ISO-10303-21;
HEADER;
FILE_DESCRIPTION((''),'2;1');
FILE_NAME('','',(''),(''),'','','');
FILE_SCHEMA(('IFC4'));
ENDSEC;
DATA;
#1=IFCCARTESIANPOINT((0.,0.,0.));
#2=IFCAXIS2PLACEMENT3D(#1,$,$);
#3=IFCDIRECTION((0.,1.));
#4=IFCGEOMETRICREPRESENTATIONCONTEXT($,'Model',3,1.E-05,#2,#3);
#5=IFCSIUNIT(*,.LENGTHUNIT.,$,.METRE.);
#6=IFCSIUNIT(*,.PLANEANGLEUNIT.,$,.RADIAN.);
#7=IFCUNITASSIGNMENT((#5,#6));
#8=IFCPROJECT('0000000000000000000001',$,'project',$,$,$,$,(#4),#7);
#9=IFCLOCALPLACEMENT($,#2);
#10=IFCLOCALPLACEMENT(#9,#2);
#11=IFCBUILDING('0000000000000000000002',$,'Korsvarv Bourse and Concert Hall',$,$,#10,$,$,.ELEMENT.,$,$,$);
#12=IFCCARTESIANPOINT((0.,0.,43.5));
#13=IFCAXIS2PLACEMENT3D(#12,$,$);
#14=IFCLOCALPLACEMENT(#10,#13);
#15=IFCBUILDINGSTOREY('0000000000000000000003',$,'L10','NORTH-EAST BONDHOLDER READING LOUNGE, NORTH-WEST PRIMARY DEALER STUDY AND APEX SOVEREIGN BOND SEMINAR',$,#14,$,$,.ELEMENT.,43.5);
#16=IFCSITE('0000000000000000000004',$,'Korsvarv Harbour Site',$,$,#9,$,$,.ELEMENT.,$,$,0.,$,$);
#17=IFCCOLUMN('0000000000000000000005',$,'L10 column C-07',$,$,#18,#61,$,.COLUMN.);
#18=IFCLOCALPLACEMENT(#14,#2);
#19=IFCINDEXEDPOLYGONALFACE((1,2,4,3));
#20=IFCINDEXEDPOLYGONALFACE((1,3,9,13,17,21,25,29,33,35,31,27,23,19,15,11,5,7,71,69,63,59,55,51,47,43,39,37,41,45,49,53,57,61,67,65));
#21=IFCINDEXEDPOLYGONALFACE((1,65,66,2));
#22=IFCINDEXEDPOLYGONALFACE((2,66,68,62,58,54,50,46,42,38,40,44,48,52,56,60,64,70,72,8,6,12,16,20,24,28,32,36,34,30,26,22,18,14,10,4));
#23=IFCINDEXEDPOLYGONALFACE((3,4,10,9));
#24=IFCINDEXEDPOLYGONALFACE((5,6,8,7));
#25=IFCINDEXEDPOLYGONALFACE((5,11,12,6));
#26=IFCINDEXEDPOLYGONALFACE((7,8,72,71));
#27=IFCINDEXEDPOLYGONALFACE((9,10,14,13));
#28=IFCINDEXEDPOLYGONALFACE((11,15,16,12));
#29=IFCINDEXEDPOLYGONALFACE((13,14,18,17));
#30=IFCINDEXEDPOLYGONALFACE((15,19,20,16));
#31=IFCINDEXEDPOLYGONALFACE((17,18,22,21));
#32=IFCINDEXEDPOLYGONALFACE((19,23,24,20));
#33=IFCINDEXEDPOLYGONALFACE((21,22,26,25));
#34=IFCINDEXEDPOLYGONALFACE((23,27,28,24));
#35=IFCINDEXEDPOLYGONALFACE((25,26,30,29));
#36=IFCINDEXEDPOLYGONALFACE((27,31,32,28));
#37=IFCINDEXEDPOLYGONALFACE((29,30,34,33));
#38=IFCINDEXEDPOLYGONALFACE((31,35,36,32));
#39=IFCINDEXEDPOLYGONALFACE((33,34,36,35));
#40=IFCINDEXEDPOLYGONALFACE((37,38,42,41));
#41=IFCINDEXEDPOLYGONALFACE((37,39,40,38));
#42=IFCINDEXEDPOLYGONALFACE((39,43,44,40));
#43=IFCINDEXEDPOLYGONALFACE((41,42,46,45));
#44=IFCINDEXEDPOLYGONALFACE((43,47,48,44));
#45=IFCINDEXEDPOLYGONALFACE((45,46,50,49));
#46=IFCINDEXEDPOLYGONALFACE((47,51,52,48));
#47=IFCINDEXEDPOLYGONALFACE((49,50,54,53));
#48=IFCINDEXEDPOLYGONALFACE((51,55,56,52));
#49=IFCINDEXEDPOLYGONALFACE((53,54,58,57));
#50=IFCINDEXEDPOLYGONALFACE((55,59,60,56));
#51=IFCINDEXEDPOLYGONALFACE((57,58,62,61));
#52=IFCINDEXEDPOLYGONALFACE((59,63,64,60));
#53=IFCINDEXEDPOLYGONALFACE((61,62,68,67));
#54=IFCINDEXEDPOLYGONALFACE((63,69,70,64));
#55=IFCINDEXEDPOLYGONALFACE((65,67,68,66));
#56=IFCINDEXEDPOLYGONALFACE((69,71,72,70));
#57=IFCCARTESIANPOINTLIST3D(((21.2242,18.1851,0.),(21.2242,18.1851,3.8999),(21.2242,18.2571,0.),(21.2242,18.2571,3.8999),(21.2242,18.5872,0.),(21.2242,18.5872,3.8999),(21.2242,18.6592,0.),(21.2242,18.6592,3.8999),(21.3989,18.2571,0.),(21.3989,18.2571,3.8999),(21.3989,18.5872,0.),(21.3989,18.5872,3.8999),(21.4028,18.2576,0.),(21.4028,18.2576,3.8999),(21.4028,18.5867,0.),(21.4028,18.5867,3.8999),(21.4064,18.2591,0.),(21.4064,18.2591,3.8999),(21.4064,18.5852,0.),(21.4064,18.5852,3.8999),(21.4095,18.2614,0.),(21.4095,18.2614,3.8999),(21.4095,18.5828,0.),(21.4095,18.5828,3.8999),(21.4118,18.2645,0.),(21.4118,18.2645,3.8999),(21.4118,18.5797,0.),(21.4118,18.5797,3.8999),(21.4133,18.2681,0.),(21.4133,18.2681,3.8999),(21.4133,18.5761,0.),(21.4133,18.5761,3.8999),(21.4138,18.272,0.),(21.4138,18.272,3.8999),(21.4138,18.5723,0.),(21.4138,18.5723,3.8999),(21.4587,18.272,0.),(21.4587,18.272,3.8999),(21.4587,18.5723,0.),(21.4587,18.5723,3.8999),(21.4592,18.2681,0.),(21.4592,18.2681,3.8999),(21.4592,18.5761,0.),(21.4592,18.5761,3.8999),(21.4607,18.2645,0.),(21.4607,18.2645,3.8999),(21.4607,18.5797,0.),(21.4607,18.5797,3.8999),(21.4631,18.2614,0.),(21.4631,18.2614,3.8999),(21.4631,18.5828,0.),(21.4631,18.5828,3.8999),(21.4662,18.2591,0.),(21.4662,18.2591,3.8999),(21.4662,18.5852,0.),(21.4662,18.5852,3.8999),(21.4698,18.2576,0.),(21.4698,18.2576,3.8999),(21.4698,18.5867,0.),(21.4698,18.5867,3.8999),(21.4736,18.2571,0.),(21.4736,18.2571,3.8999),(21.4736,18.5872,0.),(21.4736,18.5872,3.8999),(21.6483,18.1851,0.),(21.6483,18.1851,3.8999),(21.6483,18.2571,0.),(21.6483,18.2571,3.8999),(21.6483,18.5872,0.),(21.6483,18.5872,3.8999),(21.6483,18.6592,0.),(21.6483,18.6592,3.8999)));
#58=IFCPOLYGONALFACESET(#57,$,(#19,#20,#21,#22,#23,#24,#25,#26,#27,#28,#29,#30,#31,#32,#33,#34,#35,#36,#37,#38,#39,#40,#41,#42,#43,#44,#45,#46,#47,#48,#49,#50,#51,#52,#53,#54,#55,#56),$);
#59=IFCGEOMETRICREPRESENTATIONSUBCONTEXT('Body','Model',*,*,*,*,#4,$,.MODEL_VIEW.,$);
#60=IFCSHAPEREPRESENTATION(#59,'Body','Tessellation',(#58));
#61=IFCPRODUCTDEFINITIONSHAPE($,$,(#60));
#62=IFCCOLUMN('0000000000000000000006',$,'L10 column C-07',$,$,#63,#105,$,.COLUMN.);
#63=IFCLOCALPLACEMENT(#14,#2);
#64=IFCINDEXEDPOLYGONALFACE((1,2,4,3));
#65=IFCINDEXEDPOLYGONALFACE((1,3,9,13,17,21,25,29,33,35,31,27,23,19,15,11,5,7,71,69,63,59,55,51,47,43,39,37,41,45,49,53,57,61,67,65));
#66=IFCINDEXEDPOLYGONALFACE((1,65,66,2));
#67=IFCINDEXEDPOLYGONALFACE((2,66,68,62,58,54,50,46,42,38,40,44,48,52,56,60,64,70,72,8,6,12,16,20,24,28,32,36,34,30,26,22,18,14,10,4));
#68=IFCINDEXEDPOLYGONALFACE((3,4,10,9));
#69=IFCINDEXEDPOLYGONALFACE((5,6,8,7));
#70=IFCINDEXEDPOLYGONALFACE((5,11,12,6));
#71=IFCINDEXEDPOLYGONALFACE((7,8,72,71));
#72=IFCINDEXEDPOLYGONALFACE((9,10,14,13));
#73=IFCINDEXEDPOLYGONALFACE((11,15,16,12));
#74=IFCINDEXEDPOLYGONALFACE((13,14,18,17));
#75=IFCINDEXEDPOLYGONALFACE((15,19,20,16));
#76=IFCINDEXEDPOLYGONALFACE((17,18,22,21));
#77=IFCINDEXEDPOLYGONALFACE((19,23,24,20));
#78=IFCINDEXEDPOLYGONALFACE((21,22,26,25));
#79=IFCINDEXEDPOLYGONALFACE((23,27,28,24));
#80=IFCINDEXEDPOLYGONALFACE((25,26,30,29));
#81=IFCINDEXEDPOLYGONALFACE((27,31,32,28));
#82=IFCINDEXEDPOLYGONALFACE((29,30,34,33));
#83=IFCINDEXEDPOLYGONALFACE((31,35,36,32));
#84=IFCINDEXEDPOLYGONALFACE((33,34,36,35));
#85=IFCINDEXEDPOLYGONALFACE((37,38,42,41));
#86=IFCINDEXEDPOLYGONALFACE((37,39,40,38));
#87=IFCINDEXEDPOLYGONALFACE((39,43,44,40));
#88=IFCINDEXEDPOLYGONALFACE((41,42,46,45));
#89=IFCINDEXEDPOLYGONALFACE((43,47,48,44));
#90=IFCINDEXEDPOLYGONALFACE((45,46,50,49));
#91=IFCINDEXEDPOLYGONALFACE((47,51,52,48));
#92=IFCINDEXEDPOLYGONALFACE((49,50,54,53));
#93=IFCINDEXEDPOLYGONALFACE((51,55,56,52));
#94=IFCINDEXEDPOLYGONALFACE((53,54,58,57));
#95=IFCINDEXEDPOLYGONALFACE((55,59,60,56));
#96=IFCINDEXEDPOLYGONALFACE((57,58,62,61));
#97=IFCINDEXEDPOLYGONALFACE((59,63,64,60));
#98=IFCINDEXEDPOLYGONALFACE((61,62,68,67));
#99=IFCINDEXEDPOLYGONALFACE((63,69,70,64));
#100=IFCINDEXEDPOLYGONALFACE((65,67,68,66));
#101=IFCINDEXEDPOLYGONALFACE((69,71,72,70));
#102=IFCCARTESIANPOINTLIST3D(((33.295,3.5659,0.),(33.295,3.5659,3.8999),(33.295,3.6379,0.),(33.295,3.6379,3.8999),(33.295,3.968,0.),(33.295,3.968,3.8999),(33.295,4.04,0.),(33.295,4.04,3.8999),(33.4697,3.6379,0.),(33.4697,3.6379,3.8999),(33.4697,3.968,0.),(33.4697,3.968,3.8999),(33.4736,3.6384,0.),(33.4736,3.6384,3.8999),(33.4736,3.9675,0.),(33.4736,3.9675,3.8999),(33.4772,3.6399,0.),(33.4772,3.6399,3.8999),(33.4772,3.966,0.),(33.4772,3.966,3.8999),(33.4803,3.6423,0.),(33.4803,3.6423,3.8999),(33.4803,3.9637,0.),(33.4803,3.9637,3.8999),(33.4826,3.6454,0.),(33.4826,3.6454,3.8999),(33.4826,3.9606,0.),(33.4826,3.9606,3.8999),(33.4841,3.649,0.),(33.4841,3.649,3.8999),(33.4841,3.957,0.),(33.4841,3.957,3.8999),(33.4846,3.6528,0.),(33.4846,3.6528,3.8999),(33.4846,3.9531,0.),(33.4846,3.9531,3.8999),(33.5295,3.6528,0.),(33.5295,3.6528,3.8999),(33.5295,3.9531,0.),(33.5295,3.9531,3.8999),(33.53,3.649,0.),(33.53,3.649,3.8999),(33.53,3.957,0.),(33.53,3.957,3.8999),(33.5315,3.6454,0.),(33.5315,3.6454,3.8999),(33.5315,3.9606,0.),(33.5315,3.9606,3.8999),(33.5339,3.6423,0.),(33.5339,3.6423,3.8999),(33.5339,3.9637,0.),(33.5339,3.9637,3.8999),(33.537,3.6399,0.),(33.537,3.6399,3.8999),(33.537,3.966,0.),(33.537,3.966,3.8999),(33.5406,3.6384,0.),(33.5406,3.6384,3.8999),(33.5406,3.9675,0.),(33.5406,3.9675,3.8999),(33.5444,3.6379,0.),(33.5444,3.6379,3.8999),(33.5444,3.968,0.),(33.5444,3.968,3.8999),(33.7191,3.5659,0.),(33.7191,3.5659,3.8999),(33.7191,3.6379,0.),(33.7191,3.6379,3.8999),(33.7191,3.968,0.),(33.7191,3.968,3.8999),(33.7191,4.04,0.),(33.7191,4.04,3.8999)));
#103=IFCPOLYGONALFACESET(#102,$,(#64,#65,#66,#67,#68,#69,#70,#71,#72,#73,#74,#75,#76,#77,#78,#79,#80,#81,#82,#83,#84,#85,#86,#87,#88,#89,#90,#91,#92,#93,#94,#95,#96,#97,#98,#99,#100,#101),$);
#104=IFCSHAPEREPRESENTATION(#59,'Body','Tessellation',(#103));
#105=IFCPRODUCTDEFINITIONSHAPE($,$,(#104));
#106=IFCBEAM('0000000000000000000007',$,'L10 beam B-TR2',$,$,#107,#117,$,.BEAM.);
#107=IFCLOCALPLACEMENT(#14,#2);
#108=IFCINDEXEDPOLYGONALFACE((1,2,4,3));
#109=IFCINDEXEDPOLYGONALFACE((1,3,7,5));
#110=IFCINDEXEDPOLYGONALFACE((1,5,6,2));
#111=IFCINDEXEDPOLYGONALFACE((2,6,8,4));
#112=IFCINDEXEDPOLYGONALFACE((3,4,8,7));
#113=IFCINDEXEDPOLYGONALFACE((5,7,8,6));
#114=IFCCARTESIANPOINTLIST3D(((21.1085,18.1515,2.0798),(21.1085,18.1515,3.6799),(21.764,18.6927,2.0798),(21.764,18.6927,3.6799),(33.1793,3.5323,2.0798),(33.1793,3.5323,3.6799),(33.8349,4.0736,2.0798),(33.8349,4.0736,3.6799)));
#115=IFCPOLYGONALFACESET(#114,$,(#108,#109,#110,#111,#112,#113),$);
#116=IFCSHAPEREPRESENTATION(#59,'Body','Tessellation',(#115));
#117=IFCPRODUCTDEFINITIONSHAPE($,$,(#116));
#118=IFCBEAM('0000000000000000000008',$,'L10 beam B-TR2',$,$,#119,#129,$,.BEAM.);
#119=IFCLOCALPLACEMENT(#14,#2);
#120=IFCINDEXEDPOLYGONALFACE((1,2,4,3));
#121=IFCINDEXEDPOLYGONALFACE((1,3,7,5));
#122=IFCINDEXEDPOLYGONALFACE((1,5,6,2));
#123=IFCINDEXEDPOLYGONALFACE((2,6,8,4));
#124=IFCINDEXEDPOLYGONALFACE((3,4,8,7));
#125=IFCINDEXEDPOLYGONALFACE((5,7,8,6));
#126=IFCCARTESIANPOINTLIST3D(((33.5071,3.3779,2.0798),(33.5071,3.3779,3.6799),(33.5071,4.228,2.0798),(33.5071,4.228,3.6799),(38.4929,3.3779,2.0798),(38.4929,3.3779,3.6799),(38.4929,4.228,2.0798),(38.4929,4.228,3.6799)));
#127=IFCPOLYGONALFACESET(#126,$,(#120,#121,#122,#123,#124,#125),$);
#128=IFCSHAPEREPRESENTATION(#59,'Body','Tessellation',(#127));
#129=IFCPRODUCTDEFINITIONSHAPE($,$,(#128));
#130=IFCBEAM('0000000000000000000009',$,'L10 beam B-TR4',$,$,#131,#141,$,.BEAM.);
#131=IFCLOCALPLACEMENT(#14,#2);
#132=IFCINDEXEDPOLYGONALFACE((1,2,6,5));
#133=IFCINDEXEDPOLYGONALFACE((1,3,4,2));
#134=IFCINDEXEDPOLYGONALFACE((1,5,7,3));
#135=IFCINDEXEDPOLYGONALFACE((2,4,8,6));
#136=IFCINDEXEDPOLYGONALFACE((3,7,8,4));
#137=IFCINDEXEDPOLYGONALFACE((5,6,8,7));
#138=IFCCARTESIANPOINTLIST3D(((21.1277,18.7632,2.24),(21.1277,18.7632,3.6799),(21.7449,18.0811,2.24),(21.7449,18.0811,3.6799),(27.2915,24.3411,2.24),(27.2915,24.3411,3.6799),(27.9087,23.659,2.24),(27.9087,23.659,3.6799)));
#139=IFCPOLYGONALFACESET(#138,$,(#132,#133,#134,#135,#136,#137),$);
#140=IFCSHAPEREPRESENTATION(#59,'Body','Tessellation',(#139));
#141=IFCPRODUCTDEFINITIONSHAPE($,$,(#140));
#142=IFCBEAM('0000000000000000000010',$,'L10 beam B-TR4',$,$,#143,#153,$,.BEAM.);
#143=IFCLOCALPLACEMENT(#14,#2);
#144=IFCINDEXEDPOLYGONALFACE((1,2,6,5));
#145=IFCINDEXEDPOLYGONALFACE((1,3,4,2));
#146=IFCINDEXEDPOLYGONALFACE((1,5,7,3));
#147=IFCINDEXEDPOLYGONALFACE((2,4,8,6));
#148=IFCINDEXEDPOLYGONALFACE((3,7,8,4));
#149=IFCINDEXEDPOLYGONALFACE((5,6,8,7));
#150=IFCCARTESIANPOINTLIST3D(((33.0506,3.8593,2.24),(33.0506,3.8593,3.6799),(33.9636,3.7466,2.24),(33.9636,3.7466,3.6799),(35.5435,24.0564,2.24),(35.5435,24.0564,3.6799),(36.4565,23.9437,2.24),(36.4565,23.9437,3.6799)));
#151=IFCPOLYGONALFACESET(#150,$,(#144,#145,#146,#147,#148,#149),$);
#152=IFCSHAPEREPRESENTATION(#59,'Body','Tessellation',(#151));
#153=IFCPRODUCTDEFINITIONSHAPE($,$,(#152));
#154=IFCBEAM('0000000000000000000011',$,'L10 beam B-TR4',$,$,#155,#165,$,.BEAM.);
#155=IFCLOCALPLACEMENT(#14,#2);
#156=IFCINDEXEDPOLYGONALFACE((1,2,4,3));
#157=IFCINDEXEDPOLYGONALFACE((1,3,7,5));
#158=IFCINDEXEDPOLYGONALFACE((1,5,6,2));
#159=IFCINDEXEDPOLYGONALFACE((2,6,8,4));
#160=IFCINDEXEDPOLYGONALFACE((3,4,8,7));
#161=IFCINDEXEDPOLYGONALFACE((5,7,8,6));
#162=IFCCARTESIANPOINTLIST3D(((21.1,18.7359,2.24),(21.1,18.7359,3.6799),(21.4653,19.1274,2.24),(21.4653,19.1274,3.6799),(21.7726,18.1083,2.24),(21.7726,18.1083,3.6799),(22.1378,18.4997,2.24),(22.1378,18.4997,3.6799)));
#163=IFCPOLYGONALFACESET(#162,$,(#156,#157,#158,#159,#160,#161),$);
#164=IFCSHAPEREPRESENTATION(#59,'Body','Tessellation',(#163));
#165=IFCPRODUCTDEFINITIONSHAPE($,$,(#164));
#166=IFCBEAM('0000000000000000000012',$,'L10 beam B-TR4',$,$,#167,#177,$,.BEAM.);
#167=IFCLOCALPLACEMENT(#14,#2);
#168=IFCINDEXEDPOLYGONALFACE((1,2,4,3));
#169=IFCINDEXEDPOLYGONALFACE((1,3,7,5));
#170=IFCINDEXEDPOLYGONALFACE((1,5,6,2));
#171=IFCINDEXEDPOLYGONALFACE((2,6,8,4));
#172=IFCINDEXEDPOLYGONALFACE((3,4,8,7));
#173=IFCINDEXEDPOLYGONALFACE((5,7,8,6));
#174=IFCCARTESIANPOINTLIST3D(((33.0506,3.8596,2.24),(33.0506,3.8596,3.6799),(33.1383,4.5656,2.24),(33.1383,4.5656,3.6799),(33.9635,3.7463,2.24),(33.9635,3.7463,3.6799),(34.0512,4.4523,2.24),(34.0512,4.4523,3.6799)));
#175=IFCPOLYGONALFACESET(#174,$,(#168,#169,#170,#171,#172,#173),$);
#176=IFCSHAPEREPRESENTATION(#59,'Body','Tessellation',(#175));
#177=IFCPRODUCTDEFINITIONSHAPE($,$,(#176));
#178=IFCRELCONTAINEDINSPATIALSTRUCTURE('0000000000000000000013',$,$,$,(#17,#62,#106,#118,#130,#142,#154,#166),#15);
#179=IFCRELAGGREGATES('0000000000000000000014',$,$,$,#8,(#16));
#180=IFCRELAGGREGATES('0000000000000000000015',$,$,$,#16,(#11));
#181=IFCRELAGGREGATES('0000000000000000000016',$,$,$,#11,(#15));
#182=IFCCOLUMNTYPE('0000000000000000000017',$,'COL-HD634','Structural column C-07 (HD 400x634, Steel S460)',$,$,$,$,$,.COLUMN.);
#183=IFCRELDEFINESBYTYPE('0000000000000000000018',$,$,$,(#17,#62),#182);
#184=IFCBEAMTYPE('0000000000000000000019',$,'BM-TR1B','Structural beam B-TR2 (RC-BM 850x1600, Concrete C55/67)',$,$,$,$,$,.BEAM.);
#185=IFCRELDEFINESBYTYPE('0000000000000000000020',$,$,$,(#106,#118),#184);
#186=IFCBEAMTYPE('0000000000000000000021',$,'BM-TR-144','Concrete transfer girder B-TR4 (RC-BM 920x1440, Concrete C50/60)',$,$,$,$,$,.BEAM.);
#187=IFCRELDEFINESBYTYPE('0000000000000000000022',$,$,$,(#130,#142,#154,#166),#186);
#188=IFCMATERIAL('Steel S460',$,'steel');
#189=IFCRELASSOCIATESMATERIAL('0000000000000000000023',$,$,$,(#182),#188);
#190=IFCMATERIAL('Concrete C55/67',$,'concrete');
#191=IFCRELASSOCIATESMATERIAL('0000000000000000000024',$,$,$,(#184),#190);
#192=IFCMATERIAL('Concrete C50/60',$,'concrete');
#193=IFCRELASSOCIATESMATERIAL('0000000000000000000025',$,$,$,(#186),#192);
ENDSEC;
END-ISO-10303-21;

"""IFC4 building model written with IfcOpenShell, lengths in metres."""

from ifc_helpers import new_model, si_unit, direction, frame, origin, origin_2d, place, context, subcontext, project, spatial, rectangle, i_section, extrude, source, transform, mapped, material, material_profile, profile_set, type_object, element, save


model = new_model("IFC4")

# Units and contexts
model_context = context("Model", 3, precision=1e-05, world=origin(), true_north=direction((0.0, 1.0)))
body_context = subcontext(model_context, "Body", "Model", "MODEL_VIEW")
ifc_project = project(units=[si_unit("LENGTHUNIT", "METRE"), si_unit("PLANEANGLEUNIT", "RADIAN")], contexts=[model_context])

# Site, building, storey
site_placement = place(None, origin())
site = spatial("IfcSite", under=ifc_project, at=site_placement, Name="Korsvarv Harbour Site", CompositionType="ELEMENT", RefElevation=0.0)
building_placement = place(site_placement, origin())
building = spatial("IfcBuilding", under=site, at=building_placement, Name="Korsvarv Bourse and Concert Hall", CompositionType="ELEMENT")
storey_placement = place(building_placement, frame((0.0, 0.0, 43.5)))
storey = spatial("IfcBuildingStorey", under=building, at=storey_placement, Name="L10", Description="NORTH-EAST BONDHOLDER READING LOUNGE, NORTH-WEST PRIMARY DEALER STUDY AND APEX SOVEREIGN BOND SEMINAR", CompositionType="ELEMENT", Elevation=43.5)

# Columns
ifc_material_1 = material(Name="Steel S460", Category="steel")
ifc_material_profile_1 = material_profile(ifc_material_1, i_section(OverallWidth=0.4241, OverallDepth=0.4741, WebThickness=0.0449, FlangeThickness=0.072, FilletRadius=0.0149, at=origin_2d()), Name="HD 400x634")
ifc_profile_set_1 = profile_set([ifc_material_profile_1], Name="Steel S460")
column_type = type_object("IfcColumnType", Name="COL-HD634", Description="Structural column C-07 (HD 400x634, Steel S460)", PredefinedType="COLUMN", material=ifc_profile_set_1)
shared_shape_1 = source(origin(), body_context, "Body", "SweptSolid", [
    extrude(i_section(OverallWidth=0.4241, OverallDepth=0.4741, WebThickness=0.0449, FlangeThickness=0.072, FilletRadius=0.0149, at=origin_2d()), origin(), (0.0, 0.0, 1.0), 3.8999),
])
for number, where, z_axis, x_axis, name in (
    (1, (21.4363, 18.4221, 0.0), (0.0, 0.0, 1.0), (1.0, 0.0, 0.0), "L10 column C-07"),
    (2, (33.5071, 3.803, 0.0), (0.0, 0.0, 1.0), (1.0, 0.0, 0.0), "L10 column C-07"),
):
    element("IfcColumn", number, at=place(storey_placement, frame(where, z_axis=z_axis, x_axis=x_axis)), inside=storey, type_object=column_type, Name=name, PredefinedType="COLUMN", context=body_context, shape_type="MappedRepresentation", body=[
        mapped(shared_shape_1, transform((0.0, 0.0, 0.0), scale=1.0)),
    ])

# Beams
ifc_material_2 = material(Name="Concrete C55/67", Category="concrete")
ifc_material_profile_2 = material_profile(ifc_material_2, rectangle(XDim=0.8501, YDim=1.6001, at=origin_2d()), Name="RC-BM 850x1600")
ifc_profile_set_2 = profile_set([ifc_material_profile_2], Name="Concrete C55/67")
beam_type_1 = type_object("IfcBeamType", Name="BM-TR1B", Description="Structural beam B-TR2 (RC-BM 850x1600, Concrete C55/67)", PredefinedType="BEAM", material=ifc_profile_set_2)
shared_shape_2 = source(origin(), body_context, "Body", "SweptSolid", [
    extrude(rectangle(XDim=0.8501, YDim=1.6001, at=origin_2d()), origin(), (0.0, 0.0, 1.0), 18.9585),
])
beam_1_placement = place(storey_placement, frame((21.4363, 18.4221, 2.8799), z_axis=(0.636697, -0.771114, 0.0), x_axis=(0.771114, 0.636697, 0.0)))
element("IfcBeam", 3, at=beam_1_placement, inside=storey, type_object=beam_type_1, Name="L10 beam B-TR2", PredefinedType="BEAM", context=body_context, shape_type="MappedRepresentation", body=[
    mapped(shared_shape_2, transform((0.0, 0.0, 0.0), scale=1.0)),
])
shared_shape_3 = source(origin(), body_context, "Body", "SweptSolid", [
    extrude(rectangle(XDim=0.8501, YDim=1.6001, at=origin_2d()), origin(), (0.0, 0.0, 1.0), 4.9858),
])
beam_2_placement = place(storey_placement, frame((33.5071, 3.803, 2.8799), z_axis=(1.0, 0.0, 0.0), x_axis=(0.0, 1.0, 0.0)))
element("IfcBeam", 4, at=beam_2_placement, inside=storey, type_object=beam_type_1, Name="L10 beam B-TR2", PredefinedType="BEAM", context=body_context, shape_type="MappedRepresentation", body=[
    mapped(shared_shape_3, transform((0.0, 0.0, 0.0), scale=1.0)),
])
ifc_material_3 = material(Name="Concrete C50/60", Category="concrete")
ifc_material_profile_3 = material_profile(ifc_material_3, rectangle(XDim=0.9199, YDim=1.4399, at=origin_2d()), Name="RC-BM 920x1440")
ifc_profile_set_3 = profile_set([ifc_material_profile_3], Name="Concrete C50/60")
beam_type_2 = type_object("IfcBeamType", Name="BM-TR-144", Description="Concrete transfer girder B-TR4 (RC-BM 920x1440, Concrete C50/60)", PredefinedType="BEAM", material=ifc_profile_set_3)
shared_shape_4 = source(origin(), body_context, "Body", "SweptSolid", [
    extrude(rectangle(XDim=0.9199, YDim=1.4399, at=origin_2d()), origin(), (0.0, 0.0, 1.0), 8.313),
])
beam_3_placement = place(storey_placement, frame((21.4363, 18.4221, 2.96), z_axis=(0.74147, 0.670986, 0.0), x_axis=(-0.670986, 0.74147, 0.0)))
element("IfcBeam", 5, at=beam_3_placement, inside=storey, type_object=beam_type_2, Name="L10 beam B-TR4", PredefinedType="BEAM", context=body_context, shape_type="MappedRepresentation", body=[
    mapped(shared_shape_4, transform((0.0, 0.0, 0.0), scale=1.0)),
])
shared_shape_5 = source(origin(), body_context, "Body", "SweptSolid", [
    extrude(rectangle(XDim=0.9199, YDim=1.4399, at=origin_2d()), origin(), (0.0, 0.0, 1.0), 20.3503),
])
beam_4_placement = place(storey_placement, frame((33.5071, 3.803, 2.96), z_axis=(0.1225, 0.992468, 0.0), x_axis=(-0.992468, 0.1225, 0.0)))
element("IfcBeam", 6, at=beam_4_placement, inside=storey, type_object=beam_type_2, Name="L10 beam B-TR4", PredefinedType="BEAM", context=body_context, shape_type="MappedRepresentation", body=[
    mapped(shared_shape_5, transform((0.0, 0.0, 0.0), scale=1.0)),
])
shared_shape_6 = source(origin(), body_context, "Body", "SweptSolid", [
    extrude(rectangle(XDim=0.9199, YDim=1.4399, at=origin_2d()), origin(), (0.0, 0.0, 1.0), 0.5354),
])
beam_5_placement = place(storey_placement, frame((21.4363, 18.4221, 2.96), z_axis=(0.682286, 0.731086, 0.0), x_axis=(-0.731086, 0.682286, 0.0)))
element("IfcBeam", 7, at=beam_5_placement, inside=storey, type_object=beam_type_2, Name="L10 beam B-TR4", PredefinedType="BEAM", context=body_context, shape_type="MappedRepresentation", body=[
    mapped(shared_shape_6, transform((0.0, 0.0, 0.0), scale=1.0)),
])
shared_shape_7 = source(origin(), body_context, "Body", "SweptSolid", [
    extrude(rectangle(XDim=0.9199, YDim=1.4399, at=origin_2d()), origin(), (0.0, 0.0, 1.0), 0.7114),
])
beam_6_placement = place(storey_placement, frame((33.5071, 3.803, 2.96), z_axis=(0.12319, 0.992383, 0.0), x_axis=(-0.992383, 0.12319, 0.0)))
element("IfcBeam", 8, at=beam_6_placement, inside=storey, type_object=beam_type_2, Name="L10 beam B-TR4", PredefinedType="BEAM", context=body_context, shape_type="MappedRepresentation", body=[
    mapped(shared_shape_7, transform((0.0, 0.0, 0.0), scale=1.0)),
])

save(model, "model.ifc")
